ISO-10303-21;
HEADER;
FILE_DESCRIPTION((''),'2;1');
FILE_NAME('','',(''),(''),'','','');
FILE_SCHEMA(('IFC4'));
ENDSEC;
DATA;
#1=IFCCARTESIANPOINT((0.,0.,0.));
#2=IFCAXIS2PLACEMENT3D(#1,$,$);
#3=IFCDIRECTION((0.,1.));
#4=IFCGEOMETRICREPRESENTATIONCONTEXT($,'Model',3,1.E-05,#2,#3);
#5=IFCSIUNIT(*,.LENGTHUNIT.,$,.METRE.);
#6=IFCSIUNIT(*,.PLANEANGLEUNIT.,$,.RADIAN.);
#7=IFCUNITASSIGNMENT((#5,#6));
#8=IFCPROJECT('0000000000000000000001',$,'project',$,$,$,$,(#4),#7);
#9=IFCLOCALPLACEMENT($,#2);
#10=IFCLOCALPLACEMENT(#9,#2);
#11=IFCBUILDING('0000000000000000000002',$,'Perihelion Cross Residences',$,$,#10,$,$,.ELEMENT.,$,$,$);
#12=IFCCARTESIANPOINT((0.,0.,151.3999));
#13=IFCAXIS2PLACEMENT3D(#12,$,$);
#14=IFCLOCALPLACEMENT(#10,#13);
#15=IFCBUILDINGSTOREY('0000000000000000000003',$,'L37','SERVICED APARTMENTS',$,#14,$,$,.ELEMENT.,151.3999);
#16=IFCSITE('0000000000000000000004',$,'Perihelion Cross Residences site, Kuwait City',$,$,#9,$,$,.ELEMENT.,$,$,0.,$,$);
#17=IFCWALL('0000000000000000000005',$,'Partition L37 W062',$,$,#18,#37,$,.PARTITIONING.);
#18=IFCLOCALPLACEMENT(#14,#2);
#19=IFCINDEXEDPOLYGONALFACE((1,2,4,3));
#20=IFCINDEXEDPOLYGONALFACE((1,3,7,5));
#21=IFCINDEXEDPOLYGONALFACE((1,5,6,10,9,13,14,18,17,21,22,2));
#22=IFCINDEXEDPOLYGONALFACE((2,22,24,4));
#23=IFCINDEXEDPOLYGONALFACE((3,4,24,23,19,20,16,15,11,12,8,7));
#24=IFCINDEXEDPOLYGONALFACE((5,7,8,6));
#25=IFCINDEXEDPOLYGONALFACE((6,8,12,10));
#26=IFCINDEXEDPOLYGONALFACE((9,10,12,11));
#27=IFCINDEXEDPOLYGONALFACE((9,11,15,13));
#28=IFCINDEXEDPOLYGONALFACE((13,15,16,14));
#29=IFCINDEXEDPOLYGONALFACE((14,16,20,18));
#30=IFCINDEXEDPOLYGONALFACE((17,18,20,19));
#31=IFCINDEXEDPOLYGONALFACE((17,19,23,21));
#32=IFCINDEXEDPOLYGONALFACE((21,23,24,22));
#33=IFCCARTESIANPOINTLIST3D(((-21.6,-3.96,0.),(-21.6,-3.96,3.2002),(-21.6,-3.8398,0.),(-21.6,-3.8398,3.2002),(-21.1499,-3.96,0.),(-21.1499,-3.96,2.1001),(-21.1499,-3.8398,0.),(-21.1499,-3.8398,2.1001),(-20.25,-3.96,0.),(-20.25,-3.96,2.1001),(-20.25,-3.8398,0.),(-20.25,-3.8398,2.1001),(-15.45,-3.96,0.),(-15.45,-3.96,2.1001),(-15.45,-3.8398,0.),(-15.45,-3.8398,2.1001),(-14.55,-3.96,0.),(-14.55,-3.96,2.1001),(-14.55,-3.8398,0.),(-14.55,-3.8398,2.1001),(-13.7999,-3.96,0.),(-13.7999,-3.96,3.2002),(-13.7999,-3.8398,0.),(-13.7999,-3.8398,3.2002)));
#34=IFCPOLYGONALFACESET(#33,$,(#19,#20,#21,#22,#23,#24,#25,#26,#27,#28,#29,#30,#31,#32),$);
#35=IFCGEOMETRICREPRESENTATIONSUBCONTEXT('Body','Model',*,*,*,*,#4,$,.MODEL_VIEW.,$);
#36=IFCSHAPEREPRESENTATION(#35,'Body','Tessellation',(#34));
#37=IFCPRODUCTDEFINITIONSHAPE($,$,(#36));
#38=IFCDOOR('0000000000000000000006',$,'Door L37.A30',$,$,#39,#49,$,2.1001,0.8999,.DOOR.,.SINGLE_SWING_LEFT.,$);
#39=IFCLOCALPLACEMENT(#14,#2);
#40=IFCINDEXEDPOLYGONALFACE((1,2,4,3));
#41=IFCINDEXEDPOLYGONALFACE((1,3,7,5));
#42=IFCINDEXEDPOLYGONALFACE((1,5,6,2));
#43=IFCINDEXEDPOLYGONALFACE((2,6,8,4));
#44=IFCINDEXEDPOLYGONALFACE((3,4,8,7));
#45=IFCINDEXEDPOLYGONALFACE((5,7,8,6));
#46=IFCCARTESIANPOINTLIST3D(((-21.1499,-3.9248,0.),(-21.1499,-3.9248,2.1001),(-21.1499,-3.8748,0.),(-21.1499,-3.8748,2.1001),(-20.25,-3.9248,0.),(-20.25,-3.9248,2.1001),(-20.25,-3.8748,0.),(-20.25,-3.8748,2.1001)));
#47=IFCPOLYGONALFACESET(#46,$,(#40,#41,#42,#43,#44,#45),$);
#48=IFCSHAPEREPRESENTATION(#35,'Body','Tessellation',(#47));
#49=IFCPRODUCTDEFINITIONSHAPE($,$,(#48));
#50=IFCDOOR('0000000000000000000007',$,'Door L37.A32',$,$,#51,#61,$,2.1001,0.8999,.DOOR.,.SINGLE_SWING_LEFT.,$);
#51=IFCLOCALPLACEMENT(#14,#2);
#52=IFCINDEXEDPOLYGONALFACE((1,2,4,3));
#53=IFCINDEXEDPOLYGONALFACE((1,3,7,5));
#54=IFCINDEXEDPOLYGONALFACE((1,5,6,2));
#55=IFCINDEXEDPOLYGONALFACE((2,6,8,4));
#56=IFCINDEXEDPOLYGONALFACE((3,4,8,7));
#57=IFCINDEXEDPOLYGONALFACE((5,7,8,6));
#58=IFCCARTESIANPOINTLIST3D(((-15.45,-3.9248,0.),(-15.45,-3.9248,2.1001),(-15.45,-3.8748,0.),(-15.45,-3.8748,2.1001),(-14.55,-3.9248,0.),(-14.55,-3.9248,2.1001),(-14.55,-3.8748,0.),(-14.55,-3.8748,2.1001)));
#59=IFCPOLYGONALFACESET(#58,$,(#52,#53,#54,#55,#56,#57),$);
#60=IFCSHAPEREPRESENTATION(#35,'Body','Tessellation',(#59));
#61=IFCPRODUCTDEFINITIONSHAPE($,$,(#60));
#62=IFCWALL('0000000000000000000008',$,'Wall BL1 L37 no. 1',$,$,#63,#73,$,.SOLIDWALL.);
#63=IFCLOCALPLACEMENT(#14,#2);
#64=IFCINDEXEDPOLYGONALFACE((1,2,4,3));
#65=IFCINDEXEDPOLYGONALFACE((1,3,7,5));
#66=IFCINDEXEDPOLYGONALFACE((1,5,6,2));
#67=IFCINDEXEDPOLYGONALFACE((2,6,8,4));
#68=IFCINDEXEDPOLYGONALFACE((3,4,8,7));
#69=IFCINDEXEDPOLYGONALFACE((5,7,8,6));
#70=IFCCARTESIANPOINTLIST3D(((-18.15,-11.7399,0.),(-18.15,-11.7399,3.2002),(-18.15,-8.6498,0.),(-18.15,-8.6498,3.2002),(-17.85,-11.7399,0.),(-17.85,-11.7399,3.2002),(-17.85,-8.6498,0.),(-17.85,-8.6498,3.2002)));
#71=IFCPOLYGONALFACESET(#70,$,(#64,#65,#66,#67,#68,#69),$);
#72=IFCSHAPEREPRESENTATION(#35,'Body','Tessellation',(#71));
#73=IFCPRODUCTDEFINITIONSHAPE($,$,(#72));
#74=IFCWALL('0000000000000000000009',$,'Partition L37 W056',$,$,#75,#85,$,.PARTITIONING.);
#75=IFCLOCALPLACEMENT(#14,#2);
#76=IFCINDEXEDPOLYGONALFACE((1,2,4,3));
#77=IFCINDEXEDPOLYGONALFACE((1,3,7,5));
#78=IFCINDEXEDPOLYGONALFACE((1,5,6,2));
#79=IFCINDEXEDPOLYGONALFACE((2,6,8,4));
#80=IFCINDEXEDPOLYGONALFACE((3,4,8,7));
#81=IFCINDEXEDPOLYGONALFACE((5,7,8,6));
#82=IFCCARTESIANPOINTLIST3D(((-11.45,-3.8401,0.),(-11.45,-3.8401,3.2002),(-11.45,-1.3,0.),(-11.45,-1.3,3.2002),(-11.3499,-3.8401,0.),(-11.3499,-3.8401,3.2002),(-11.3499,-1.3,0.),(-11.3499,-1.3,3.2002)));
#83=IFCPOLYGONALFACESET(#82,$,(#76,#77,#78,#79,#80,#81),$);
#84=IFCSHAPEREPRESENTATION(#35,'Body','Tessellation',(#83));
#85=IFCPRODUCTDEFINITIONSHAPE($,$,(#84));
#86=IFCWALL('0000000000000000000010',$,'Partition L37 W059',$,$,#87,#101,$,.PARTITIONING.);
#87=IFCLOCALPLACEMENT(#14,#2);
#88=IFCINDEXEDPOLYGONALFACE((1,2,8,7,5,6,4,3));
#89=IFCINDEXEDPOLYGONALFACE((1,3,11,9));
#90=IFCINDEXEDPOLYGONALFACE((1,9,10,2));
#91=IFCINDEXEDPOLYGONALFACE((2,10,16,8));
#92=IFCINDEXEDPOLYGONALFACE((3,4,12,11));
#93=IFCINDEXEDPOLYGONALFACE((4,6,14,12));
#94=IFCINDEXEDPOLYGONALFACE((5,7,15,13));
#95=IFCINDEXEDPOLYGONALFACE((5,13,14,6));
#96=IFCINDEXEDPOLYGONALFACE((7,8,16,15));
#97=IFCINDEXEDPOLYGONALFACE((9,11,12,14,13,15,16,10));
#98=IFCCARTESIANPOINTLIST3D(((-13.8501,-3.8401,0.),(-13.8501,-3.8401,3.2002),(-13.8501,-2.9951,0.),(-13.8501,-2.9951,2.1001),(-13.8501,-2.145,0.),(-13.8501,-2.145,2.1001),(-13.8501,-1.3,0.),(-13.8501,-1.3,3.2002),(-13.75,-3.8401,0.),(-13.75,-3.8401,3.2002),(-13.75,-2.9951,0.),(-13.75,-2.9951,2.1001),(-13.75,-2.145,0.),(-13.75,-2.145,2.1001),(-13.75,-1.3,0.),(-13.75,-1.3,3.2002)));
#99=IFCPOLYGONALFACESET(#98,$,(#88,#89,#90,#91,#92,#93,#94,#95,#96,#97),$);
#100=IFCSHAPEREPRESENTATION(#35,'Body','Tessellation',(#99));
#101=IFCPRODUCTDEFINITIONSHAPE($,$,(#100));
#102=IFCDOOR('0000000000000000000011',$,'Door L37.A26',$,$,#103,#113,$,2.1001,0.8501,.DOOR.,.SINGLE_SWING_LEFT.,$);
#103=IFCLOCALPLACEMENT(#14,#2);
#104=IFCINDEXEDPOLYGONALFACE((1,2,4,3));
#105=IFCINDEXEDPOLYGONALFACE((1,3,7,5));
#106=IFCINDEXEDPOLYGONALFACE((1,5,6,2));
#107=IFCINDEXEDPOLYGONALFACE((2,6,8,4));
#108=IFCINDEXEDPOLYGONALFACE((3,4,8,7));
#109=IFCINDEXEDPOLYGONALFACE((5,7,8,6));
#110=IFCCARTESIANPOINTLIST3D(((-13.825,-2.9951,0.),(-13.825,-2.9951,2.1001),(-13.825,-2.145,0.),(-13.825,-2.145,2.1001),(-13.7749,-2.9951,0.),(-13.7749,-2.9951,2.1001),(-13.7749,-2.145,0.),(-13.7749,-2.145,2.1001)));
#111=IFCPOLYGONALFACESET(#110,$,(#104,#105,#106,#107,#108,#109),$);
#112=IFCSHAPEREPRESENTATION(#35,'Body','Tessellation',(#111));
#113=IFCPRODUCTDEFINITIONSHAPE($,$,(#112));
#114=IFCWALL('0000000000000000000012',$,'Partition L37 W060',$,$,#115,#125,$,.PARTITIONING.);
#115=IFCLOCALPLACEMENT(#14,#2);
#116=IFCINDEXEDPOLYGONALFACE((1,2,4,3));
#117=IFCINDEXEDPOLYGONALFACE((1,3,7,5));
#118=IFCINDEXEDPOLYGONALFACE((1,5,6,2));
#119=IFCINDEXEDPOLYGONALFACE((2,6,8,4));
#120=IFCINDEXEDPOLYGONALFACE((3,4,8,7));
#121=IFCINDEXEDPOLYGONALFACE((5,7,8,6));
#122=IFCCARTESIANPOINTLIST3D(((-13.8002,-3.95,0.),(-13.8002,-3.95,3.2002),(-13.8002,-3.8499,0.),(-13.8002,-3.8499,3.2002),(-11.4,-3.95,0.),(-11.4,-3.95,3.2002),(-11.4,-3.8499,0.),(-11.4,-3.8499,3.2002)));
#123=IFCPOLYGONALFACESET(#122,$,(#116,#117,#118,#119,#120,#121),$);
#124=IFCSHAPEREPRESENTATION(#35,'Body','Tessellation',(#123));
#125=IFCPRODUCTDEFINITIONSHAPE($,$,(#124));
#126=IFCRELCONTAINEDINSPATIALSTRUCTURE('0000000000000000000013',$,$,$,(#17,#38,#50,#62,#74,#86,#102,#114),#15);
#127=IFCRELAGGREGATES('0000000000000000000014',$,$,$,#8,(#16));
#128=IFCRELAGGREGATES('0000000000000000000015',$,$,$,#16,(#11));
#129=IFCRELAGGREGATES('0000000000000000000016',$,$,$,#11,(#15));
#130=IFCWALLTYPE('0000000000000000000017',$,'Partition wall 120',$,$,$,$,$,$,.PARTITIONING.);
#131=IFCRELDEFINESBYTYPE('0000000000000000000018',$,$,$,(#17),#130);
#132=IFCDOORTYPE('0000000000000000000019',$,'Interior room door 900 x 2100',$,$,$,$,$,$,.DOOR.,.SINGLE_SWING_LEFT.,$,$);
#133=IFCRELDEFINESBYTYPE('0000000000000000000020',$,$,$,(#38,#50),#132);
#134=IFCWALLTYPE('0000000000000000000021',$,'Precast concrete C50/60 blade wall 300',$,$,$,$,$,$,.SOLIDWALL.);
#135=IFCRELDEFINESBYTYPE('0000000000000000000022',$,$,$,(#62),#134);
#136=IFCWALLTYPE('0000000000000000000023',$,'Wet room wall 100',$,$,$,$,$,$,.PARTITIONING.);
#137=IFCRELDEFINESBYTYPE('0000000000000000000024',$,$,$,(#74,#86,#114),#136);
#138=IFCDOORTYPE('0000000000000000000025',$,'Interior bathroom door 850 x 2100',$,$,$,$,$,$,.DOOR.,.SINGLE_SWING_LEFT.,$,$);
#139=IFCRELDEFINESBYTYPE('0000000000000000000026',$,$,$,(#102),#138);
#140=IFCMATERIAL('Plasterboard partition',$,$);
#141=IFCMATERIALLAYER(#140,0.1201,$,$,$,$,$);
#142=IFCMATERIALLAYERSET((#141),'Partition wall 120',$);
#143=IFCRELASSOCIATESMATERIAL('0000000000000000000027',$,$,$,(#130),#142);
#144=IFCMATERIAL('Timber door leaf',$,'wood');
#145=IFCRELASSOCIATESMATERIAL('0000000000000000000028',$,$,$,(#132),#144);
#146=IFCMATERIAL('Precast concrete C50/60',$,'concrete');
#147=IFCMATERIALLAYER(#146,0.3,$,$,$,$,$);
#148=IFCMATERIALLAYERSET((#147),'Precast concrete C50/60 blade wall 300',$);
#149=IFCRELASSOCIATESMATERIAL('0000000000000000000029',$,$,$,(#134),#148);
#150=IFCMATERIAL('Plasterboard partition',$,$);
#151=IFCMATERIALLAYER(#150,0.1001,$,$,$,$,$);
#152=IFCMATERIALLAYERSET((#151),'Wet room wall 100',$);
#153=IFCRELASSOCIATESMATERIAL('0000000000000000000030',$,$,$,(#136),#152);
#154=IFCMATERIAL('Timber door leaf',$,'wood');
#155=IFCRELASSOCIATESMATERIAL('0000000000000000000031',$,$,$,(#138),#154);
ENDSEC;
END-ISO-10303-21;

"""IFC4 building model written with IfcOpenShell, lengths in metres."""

from ifc_helpers import new_model, si_unit, direction, frame, frame_2d, origin, place, context, subcontext, project, spatial, rectangle, extrude, material, layer, layer_set, type_object, element, fill, save


model = new_model("IFC4")

# Units and contexts
model_context = context("Model", 3, precision=1e-05, world=origin(), true_north=direction((0.0, 1.0)))
body_context = subcontext(model_context, "Body", "Model", "MODEL_VIEW")
ifc_project = project(units=[si_unit("LENGTHUNIT", "METRE"), si_unit("PLANEANGLEUNIT", "RADIAN")], contexts=[model_context])

# Site, building, storey
site_placement = place(None, origin())
site = spatial("IfcSite", under=ifc_project, at=site_placement, Name="Perihelion Cross Residences site, Kuwait City", CompositionType="ELEMENT", RefElevation=0.0)
building_placement = place(site_placement, origin())
building = spatial("IfcBuilding", under=site, at=building_placement, Name="Perihelion Cross Residences", CompositionType="ELEMENT")
storey_placement = place(building_placement, frame((0.0, 0.0, 151.3999)))
storey = spatial("IfcBuildingStorey", under=building, at=storey_placement, Name="L37", Description="SERVICED APARTMENTS", CompositionType="ELEMENT", Elevation=151.3999)

# Shared definitions
ifc_material_1 = material(Name="Plasterboard partition")
ifc_layer_1 = layer(ifc_material_1, 0.1201)
ifc_layer_set_1 = layer_set([ifc_layer_1], Name="Partition wall 120")
wall_type_1 = type_object("IfcWallType", Name="Partition wall 120", PredefinedType="PARTITIONING", material=ifc_layer_set_1)
ifc_material_2 = material(Name="Timber door leaf", Category="wood")
door_type_1 = type_object("IfcDoorType", Name="Interior room door 900 x 2100", OperationType="SINGLE_SWING_LEFT", PredefinedType="DOOR", material=ifc_material_2)

# Wall, openings, doors
wall_1_placement = place(storey_placement, frame((-13.8, -3.8999, 0.0), z_axis=(0.0, 0.0, 1.0), x_axis=(-1.0, 0.0, 0.0)))
wall_1 = element("IfcWall", 1, at=wall_1_placement, inside=storey, type_object=wall_type_1, Name="Partition L37 W062", PredefinedType="PARTITIONING", context=body_context, shape_type="SweptSolid", body=[
    extrude(rectangle(XDim=7.8, YDim=0.1201, at=frame_2d((3.8999, 0.0))), origin(), (0.0, 0.0, 1.0), 3.2002),
])
opening_1_placement = place(wall_1_placement, frame((6.45, 0.0, 0.0)))
opening_1 = element("IfcOpeningElement", 2, at=opening_1_placement, cuts=wall_1, PredefinedType="OPENING", context=body_context, shape_type="SweptSolid", body=[
    extrude(rectangle(XDim=0.8999, YDim=2.1001, at=frame_2d((0.45, 1.05))), frame((0.0, 0.0701, 0.0), z_axis=(0.0, -1.0, 0.0), x_axis=(1.0, 0.0, 0.0)), (0.0, 0.0, 1.0), 0.1401),
])
opening_2_placement = place(wall_1_placement, frame((0.75, 0.0, 0.0)))
opening_2 = element("IfcOpeningElement", 3, at=opening_2_placement, cuts=wall_1, PredefinedType="OPENING", context=body_context, shape_type="SweptSolid", body=[
    extrude(rectangle(XDim=0.8999, YDim=2.1001, at=frame_2d((0.45, 1.05))), frame((0.0, 0.0701, 0.0), z_axis=(0.0, -1.0, 0.0), x_axis=(1.0, 0.0, 0.0)), (0.0, 0.0, 1.0), 0.1401),
])
door_1_placement = place(opening_1_placement, origin())
door_1 = element("IfcDoor", 4, at=door_1_placement, inside=storey, type_object=door_type_1, Name="Door L37.A30", OperationType="SINGLE_SWING_LEFT", OverallHeight=2.1001, OverallWidth=0.8999, PredefinedType="DOOR", context=body_context, shape_type="SweptSolid", body=[
    extrude(rectangle(XDim=0.8999, YDim=2.1001, at=frame_2d((0.45, 1.05))), frame((0.0, 0.0249, 0.0), z_axis=(0.0, -1.0, 0.0), x_axis=(1.0, 0.0, 0.0)), (0.0, 0.0, 1.0), 0.05),
])
fill(opening_1, door_1)
door_2_placement = place(opening_2_placement, origin())
door_2 = element("IfcDoor", 5, at=door_2_placement, inside=storey, type_object=door_type_1, Name="Door L37.A32", OperationType="SINGLE_SWING_LEFT", OverallHeight=2.1001, OverallWidth=0.8999, PredefinedType="DOOR", context=body_context, shape_type="SweptSolid", body=[
    extrude(rectangle(XDim=0.8999, YDim=2.1001, at=frame_2d((0.45, 1.05))), frame((0.0, 0.0249, 0.0), z_axis=(0.0, -1.0, 0.0), x_axis=(1.0, 0.0, 0.0)), (0.0, 0.0, 1.0), 0.05),
])
fill(opening_2, door_2)

# Walls
ifc_material_3 = material(Name="Precast concrete C50/60", Category="concrete")
ifc_layer_2 = layer(ifc_material_3, 0.3)
ifc_layer_set_2 = layer_set([ifc_layer_2], Name="Precast concrete C50/60 blade wall 300")
wall_type_2 = type_object("IfcWallType", Name="Precast concrete C50/60 blade wall 300", PredefinedType="SOLIDWALL", material=ifc_layer_set_2)
wall_2_placement = place(storey_placement, frame((-18.0, -8.6499, 0.0), z_axis=(0.0, 0.0, 1.0), x_axis=(0.0, -1.0, 0.0)))
element("IfcWall", 6, at=wall_2_placement, inside=storey, type_object=wall_type_2, Name="Wall BL1 L37 no. 1", PredefinedType="SOLIDWALL", context=body_context, shape_type="SweptSolid", body=[
    extrude(rectangle(XDim=3.0901, YDim=0.3, at=frame_2d((1.5449, 0.0))), origin(), (0.0, 0.0, 1.0), 3.2002),
])
ifc_material_4 = material(Name="Plasterboard partition")
ifc_layer_3 = layer(ifc_material_4, 0.1001)
ifc_layer_set_3 = layer_set([ifc_layer_3], Name="Wet room wall 100")
wall_type_3 = type_object("IfcWallType", Name="Wet room wall 100", PredefinedType="PARTITIONING", material=ifc_layer_set_3)
wall_3_placement = place(storey_placement, frame((-11.3999, -3.8401, 0.0), z_axis=(0.0, 0.0, 1.0), x_axis=(0.0, 1.0, 0.0)))
element("IfcWall", 7, at=wall_3_placement, inside=storey, type_object=wall_type_3, Name="Partition L37 W056", PredefinedType="PARTITIONING", context=body_context, shape_type="SweptSolid", body=[
    extrude(rectangle(XDim=2.54, YDim=0.1001, at=frame_2d((1.27, 0.0))), origin(), (0.0, 0.0, 1.0), 3.2002),
])

# Wall, opening, door
wall_4_placement = place(storey_placement, frame((-13.8, -3.8401, 0.0), z_axis=(0.0, 0.0, 1.0), x_axis=(0.0, 1.0, 0.0)))
wall_4 = element("IfcWall", 8, at=wall_4_placement, inside=storey, type_object=wall_type_3, Name="Partition L37 W059", PredefinedType="PARTITIONING", context=body_context, shape_type="SweptSolid", body=[
    extrude(rectangle(XDim=2.54, YDim=0.1001, at=frame_2d((1.27, 0.0))), origin(), (0.0, 0.0, 1.0), 3.2002),
])
opening_3_placement = place(wall_4_placement, frame((0.845, 0.0, 0.0)))
opening_3 = element("IfcOpeningElement", 9, at=opening_3_placement, cuts=wall_4, PredefinedType="OPENING", context=body_context, shape_type="SweptSolid", body=[
    extrude(rectangle(XDim=0.8501, YDim=2.1001, at=frame_2d((0.425, 1.05))), frame((0.0, 0.0601, 0.0), z_axis=(0.0, -1.0, 0.0), x_axis=(1.0, 0.0, 0.0)), (0.0, 0.0, 1.0), 0.1201),
])
ifc_material_5 = material(Name="Timber door leaf", Category="wood")
door_type_2 = type_object("IfcDoorType", Name="Interior bathroom door 850 x 2100", OperationType="SINGLE_SWING_LEFT", PredefinedType="DOOR", material=ifc_material_5)
door_3_placement = place(opening_3_placement, origin())
door_3 = element("IfcDoor", 10, at=door_3_placement, inside=storey, type_object=door_type_2, Name="Door L37.A26", OperationType="SINGLE_SWING_LEFT", OverallHeight=2.1001, OverallWidth=0.8501, PredefinedType="DOOR", context=body_context, shape_type="SweptSolid", body=[
    extrude(rectangle(XDim=0.8501, YDim=2.1001, at=frame_2d((0.425, 1.05))), frame((0.0, 0.0249, 0.0), z_axis=(0.0, -1.0, 0.0), x_axis=(1.0, 0.0, 0.0)), (0.0, 0.0, 1.0), 0.05),
])
fill(opening_3, door_3)

# Wall
wall_5_placement = place(storey_placement, frame((-11.3999, -3.8999, 0.0), z_axis=(0.0, 0.0, 1.0), x_axis=(-1.0, 0.0, 0.0)))
element("IfcWall", 11, at=wall_5_placement, inside=storey, type_object=wall_type_3, Name="Partition L37 W060", PredefinedType="PARTITIONING", context=body_context, shape_type="SweptSolid", body=[
    extrude(rectangle(XDim=2.4001, YDim=0.1001, at=frame_2d((1.2002, 0.0))), origin(), (0.0, 0.0, 1.0), 3.2002),
])

save(model, "model.ifc")
